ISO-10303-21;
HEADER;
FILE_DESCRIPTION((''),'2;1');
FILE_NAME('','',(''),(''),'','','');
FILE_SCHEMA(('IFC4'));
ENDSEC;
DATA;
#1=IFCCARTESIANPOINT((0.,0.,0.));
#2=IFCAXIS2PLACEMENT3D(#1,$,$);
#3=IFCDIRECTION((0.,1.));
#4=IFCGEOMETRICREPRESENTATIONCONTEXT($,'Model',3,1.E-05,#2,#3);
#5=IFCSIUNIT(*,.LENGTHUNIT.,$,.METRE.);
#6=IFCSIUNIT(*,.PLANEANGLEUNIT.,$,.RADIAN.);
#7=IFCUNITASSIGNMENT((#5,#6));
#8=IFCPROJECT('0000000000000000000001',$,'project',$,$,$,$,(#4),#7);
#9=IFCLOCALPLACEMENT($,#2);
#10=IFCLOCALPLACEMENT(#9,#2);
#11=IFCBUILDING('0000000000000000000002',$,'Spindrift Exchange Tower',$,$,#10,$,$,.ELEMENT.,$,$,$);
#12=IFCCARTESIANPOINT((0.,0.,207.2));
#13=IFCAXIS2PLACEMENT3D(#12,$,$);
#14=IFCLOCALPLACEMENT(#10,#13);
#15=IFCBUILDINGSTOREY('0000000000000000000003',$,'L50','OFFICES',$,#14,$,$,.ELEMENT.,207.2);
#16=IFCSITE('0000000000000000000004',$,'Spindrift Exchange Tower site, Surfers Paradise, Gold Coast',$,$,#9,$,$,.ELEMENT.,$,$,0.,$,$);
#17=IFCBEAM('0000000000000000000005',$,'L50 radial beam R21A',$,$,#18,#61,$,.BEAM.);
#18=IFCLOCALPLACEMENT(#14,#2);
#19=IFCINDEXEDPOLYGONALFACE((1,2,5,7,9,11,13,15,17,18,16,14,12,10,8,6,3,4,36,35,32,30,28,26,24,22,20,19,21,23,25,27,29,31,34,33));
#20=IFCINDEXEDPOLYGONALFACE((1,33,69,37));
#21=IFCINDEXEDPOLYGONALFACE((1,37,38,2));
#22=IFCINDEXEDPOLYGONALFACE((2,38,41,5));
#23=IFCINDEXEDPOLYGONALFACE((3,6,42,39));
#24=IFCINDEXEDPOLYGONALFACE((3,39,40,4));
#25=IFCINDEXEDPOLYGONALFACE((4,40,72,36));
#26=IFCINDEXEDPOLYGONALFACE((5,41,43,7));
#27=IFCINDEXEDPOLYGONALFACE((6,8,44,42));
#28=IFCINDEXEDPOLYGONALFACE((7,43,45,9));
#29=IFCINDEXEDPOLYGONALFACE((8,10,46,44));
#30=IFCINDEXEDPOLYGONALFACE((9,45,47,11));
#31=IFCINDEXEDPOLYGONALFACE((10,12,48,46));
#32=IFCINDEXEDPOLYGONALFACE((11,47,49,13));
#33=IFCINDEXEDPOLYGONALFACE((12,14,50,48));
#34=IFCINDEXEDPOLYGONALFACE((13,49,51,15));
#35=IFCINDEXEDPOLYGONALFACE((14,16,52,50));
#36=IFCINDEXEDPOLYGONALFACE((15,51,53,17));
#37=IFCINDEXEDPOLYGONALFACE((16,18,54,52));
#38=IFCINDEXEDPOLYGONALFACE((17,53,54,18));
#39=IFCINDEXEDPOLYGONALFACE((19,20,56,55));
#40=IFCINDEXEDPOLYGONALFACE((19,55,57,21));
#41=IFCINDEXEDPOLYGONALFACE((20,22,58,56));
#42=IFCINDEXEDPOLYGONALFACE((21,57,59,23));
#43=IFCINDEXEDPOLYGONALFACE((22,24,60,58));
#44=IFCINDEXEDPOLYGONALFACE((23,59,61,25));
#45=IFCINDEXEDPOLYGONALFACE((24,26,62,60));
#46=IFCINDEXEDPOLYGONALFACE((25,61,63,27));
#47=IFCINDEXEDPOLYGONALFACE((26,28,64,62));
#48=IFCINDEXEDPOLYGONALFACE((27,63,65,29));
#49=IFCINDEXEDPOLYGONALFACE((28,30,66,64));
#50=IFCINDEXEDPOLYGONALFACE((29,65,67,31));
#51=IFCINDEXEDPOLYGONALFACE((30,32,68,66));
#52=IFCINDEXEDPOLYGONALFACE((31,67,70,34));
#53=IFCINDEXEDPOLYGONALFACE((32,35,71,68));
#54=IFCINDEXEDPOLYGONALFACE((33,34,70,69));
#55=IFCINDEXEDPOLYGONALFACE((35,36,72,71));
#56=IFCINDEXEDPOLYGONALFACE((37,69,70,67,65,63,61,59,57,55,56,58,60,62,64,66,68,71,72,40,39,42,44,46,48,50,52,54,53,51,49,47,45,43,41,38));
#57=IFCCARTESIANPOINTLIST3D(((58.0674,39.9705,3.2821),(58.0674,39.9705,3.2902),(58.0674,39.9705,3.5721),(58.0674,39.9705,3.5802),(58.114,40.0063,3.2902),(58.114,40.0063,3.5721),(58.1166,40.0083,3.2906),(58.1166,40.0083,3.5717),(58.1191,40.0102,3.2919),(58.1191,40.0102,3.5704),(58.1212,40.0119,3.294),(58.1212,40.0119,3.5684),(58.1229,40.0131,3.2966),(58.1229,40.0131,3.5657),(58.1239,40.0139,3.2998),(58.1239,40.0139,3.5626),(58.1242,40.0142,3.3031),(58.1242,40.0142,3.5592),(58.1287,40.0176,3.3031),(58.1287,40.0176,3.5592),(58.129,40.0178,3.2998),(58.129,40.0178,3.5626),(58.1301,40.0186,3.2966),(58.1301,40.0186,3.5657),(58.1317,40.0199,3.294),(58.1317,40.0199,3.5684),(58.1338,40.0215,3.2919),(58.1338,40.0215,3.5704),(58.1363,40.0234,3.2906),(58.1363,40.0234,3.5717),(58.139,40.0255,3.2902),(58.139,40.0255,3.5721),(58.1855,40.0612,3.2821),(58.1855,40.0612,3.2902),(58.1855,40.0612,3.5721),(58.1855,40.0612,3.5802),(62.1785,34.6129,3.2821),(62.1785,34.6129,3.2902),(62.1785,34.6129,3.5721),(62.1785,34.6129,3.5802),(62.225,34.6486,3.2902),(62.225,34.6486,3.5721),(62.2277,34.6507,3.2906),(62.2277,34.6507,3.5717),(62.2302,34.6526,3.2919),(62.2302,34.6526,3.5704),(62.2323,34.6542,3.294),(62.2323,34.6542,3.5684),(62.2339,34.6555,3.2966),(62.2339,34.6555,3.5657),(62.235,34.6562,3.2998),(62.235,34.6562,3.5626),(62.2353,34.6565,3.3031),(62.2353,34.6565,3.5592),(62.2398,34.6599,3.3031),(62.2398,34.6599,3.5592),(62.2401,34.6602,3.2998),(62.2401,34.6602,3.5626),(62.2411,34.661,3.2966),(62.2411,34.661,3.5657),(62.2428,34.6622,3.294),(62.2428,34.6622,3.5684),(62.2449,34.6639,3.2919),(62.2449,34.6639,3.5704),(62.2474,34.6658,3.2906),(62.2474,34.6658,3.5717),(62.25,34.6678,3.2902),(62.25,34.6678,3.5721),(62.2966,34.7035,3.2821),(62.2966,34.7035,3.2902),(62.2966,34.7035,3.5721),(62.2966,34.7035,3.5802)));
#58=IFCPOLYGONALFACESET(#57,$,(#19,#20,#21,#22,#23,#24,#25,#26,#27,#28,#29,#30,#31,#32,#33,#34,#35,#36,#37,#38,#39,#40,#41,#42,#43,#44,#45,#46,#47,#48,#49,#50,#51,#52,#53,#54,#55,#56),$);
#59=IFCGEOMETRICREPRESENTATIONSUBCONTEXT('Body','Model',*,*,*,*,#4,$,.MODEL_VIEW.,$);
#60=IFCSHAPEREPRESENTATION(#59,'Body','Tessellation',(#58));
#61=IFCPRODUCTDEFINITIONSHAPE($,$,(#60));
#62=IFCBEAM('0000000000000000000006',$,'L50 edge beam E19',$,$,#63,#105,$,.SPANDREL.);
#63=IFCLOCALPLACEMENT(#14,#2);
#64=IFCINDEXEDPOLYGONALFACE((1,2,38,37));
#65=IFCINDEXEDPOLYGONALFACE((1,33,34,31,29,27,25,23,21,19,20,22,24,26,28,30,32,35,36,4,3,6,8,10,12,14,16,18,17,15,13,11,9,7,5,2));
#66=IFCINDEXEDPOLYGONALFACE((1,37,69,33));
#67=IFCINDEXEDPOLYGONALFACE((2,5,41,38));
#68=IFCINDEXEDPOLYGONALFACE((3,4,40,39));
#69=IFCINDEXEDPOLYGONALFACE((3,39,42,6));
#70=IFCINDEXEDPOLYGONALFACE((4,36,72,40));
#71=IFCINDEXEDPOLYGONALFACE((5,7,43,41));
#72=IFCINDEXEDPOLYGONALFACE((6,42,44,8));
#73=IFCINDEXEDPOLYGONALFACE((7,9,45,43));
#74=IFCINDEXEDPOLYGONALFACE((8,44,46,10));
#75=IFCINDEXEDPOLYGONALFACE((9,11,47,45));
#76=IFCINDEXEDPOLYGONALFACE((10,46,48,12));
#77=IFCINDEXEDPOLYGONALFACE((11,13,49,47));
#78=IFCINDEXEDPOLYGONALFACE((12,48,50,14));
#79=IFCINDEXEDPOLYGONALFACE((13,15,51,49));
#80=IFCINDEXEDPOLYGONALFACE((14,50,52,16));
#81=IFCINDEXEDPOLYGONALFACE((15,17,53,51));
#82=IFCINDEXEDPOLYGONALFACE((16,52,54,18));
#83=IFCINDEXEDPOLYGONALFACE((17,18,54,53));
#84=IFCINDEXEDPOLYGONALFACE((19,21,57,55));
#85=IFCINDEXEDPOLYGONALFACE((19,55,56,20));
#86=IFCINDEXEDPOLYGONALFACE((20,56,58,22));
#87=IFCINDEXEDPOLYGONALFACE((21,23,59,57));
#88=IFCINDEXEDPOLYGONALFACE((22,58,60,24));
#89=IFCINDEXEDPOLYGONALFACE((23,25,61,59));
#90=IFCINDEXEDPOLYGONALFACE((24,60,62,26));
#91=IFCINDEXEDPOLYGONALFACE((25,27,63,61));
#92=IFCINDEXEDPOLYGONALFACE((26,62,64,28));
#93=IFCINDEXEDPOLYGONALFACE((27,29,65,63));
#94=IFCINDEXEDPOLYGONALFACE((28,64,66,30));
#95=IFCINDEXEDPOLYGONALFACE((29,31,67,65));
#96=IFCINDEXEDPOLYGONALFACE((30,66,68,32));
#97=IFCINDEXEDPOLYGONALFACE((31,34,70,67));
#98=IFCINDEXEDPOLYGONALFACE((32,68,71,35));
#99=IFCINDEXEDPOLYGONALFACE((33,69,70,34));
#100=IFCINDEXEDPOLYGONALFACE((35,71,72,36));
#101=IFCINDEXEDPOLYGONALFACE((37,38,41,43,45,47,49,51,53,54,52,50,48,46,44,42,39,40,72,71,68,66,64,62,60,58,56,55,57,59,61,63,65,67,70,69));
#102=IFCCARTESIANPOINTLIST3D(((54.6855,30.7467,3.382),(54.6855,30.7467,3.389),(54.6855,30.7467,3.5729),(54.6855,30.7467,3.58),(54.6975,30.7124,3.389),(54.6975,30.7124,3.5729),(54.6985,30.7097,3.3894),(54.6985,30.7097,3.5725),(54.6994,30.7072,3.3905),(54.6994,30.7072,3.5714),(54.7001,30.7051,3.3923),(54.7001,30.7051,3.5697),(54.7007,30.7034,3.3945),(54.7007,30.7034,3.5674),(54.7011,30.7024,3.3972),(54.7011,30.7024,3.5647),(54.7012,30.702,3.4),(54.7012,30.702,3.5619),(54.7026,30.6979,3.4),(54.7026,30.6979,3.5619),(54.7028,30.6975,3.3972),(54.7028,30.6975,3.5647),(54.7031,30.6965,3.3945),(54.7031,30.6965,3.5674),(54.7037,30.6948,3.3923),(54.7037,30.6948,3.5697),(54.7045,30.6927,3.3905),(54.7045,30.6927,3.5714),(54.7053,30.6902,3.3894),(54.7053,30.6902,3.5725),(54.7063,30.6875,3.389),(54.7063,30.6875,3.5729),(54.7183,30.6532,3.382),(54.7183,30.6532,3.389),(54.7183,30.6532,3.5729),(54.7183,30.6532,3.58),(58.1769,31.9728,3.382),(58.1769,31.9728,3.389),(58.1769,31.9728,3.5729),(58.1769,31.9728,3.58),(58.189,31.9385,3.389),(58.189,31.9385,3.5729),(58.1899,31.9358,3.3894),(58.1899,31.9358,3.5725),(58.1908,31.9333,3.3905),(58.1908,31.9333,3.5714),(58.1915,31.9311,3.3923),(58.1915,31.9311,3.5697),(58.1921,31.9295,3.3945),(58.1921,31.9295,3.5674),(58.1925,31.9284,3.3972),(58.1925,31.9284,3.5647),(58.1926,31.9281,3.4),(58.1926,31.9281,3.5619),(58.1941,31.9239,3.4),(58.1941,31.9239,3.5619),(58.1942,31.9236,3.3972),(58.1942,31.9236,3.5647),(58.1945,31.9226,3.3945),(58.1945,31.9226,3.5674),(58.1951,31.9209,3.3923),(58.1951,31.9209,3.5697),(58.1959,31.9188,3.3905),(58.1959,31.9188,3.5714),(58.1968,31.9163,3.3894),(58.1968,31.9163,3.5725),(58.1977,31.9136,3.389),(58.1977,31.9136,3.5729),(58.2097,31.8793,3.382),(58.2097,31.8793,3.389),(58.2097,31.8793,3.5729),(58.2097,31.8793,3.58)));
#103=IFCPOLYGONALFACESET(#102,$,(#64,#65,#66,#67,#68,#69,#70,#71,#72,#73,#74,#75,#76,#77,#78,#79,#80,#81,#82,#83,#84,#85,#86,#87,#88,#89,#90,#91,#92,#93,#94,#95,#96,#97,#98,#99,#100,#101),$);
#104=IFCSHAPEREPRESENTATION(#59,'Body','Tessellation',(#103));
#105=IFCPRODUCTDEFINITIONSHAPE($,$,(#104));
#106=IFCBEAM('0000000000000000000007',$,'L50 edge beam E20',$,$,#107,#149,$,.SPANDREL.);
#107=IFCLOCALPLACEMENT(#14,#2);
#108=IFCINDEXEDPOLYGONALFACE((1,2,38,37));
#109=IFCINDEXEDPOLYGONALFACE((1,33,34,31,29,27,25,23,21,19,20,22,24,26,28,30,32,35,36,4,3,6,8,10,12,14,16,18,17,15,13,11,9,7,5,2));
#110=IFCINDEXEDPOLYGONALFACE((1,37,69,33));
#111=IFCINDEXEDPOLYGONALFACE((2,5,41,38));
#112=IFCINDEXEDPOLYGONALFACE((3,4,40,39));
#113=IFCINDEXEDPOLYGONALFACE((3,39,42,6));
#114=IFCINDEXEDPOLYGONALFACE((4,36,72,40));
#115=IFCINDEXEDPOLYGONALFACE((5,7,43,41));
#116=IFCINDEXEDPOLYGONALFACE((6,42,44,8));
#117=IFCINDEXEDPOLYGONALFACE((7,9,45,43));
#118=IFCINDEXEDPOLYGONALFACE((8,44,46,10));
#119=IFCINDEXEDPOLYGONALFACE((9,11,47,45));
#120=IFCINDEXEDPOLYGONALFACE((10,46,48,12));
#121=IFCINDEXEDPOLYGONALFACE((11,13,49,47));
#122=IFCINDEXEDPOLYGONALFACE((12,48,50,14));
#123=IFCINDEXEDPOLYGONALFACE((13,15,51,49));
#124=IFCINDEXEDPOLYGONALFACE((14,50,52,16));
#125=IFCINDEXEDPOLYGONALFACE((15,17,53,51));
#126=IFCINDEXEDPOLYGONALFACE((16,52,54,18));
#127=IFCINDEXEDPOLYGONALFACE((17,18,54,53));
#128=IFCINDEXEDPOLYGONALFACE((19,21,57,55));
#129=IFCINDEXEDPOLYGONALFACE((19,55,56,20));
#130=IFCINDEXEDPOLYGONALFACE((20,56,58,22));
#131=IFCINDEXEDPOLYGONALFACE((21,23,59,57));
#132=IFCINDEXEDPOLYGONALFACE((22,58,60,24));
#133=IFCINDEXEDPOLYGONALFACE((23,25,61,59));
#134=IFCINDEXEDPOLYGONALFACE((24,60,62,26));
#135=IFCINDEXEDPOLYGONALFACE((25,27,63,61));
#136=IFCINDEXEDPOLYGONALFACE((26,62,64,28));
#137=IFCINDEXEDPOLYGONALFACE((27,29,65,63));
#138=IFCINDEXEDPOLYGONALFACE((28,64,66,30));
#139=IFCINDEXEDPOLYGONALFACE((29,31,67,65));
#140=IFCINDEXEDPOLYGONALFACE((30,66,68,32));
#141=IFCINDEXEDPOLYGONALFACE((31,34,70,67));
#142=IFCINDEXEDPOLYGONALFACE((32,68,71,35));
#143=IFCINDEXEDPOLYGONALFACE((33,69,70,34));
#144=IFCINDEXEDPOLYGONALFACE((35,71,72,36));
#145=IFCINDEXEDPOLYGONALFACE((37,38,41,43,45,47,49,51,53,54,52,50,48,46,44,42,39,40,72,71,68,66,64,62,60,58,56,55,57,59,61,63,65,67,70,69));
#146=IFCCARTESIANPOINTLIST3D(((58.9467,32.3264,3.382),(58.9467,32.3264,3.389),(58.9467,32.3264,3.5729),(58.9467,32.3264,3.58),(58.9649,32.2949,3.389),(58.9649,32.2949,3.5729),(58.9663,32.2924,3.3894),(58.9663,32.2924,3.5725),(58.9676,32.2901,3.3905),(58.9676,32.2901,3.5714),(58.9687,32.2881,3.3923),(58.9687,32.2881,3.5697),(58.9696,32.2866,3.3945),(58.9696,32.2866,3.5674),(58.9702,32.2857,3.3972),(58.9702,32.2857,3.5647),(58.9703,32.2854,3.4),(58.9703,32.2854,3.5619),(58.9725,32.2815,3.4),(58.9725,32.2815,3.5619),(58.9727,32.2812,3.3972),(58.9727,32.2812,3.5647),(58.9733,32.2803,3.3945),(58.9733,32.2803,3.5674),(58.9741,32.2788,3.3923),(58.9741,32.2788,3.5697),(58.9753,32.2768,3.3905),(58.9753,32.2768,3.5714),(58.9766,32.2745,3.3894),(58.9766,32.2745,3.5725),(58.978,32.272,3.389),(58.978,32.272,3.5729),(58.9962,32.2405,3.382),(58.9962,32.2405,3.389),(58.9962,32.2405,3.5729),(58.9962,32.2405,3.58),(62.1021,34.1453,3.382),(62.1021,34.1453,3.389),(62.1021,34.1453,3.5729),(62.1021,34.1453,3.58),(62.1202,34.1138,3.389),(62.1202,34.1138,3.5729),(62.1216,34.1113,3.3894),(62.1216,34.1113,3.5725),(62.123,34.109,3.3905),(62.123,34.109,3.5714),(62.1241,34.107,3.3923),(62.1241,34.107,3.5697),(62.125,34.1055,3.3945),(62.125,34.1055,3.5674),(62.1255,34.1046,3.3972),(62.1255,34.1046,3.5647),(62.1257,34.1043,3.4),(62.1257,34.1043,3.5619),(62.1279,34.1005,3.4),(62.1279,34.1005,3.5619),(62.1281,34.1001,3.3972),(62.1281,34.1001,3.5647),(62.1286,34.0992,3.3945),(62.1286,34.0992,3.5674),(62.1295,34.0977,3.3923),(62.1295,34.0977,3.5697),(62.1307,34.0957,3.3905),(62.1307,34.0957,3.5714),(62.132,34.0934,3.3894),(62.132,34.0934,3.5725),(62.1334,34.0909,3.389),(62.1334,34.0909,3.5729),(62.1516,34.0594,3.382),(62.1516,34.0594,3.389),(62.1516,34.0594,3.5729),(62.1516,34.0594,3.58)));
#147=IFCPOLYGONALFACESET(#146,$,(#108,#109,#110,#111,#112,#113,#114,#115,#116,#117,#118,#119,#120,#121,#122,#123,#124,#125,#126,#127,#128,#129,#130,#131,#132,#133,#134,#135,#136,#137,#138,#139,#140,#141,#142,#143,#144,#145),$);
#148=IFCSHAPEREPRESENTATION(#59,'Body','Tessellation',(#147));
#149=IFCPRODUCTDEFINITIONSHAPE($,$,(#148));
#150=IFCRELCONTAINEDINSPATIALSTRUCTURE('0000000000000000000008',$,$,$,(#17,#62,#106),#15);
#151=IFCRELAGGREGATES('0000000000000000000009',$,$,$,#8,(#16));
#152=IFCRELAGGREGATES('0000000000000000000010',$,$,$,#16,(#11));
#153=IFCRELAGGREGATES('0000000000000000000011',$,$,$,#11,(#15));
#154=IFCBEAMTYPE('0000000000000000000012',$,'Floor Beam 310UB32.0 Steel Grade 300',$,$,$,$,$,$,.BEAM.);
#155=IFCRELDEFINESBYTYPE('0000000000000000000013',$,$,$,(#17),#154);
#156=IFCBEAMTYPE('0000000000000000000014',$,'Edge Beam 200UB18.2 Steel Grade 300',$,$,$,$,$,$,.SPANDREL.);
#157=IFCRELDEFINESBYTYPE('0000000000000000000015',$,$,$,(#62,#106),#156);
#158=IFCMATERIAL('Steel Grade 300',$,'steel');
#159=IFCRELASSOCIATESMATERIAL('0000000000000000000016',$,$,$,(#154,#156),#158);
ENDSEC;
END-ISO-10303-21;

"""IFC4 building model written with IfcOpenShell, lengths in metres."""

from ifc_helpers import new_model, si_unit, direction, frame, origin, origin_2d, place, context, subcontext, project, spatial, i_section, extrude, source, transform, mapped, material, material_profile, profile_set, type_object, element, save


model = new_model("IFC4")

# Units and contexts
model_context = context("Model", 3, precision=1e-05, world=origin(), true_north=direction((0.0, 1.0)))
body_context = subcontext(model_context, "Body", "Model", "MODEL_VIEW")
ifc_project = project(units=[si_unit("LENGTHUNIT", "METRE"), si_unit("PLANEANGLEUNIT", "RADIAN")], contexts=[model_context])

# Site, building, storey
site_placement = place(None, origin())
site = spatial("IfcSite", under=ifc_project, at=site_placement, Name="Spindrift Exchange Tower site, Surfers Paradise, Gold Coast", CompositionType="ELEMENT", RefElevation=0.0)
building_placement = place(site_placement, origin())
building = spatial("IfcBuilding", under=site, at=building_placement, Name="Spindrift Exchange Tower", CompositionType="ELEMENT")
storey_placement = place(building_placement, frame((0.0, 0.0, 207.2)))
storey = spatial("IfcBuildingStorey", under=building, at=storey_placement, Name="L50", Description="OFFICES", CompositionType="ELEMENT", Elevation=207.2)

# Beams
ifc_material_1 = material(Name="Steel Grade 300", Category="steel")
ifc_material_profile_1 = material_profile(ifc_material_1, i_section(OverallWidth=0.1489, OverallDepth=0.2981, WebThickness=0.0056, FlangeThickness=0.0081, FilletRadius=0.0129, at=origin_2d()), Name="310UB32.0")
ifc_profile_set_1 = profile_set([ifc_material_profile_1], Name="Steel Grade 300")
beam_type_1 = type_object("IfcBeamType", Name="Floor Beam 310UB32.0 Steel Grade 300", PredefinedType="BEAM", material=ifc_profile_set_1)
shared_shape_1 = source(origin(), body_context, "Body", "SweptSolid", [
    extrude(i_section(OverallWidth=0.1489, OverallDepth=0.2981, WebThickness=0.0056, FlangeThickness=0.0081, FilletRadius=0.0129, at=origin_2d()), origin(), (0.0, 0.0, 1.0), 6.7532),
])
beam_1_placement = place(storey_placement, frame((58.1265, 40.0159, 3.4312), z_axis=(0.608762, -0.793353, 0.0), x_axis=(0.793353, 0.608762, 0.0)))
element("IfcBeam", 1, at=beam_1_placement, inside=storey, type_object=beam_type_1, Name="L50 radial beam R21A", PredefinedType="BEAM", context=body_context, shape_type="MappedRepresentation", body=[
    mapped(shared_shape_1, transform((0.0, 0.0, 0.0), scale=1.0)),
])
ifc_material_profile_2 = material_profile(ifc_material_1, i_section(OverallWidth=0.0991, OverallDepth=0.198, WebThickness=0.0044, FlangeThickness=0.0071, FilletRadius=0.011, at=origin_2d()), Name="200UB18.2")
ifc_profile_set_2 = profile_set([ifc_material_profile_2], Name="Steel Grade 300")
beam_type_2 = type_object("IfcBeamType", Name="Edge Beam 200UB18.2 Steel Grade 300", PredefinedType="SPANDREL", material=ifc_profile_set_2)
shared_shape_2 = source(origin(), body_context, "Body", "SweptSolid", [
    extrude(i_section(OverallWidth=0.0991, OverallDepth=0.198, WebThickness=0.0044, FlangeThickness=0.0071, FilletRadius=0.011, at=origin_2d()), origin(), (0.0, 0.0, 1.0), 3.7004),
])
beam_2_placement = place(storey_placement, frame((54.7019, 30.7, 3.481), z_axis=(0.943515, 0.331329, 0.0), x_axis=(-0.331329, 0.943515, 0.0)))
element("IfcBeam", 2, at=beam_2_placement, inside=storey, type_object=beam_type_2, Name="L50 edge beam E19", PredefinedType="SPANDREL", context=body_context, shape_type="MappedRepresentation", body=[
    mapped(shared_shape_2, transform((0.0, 0.0, 0.0), scale=1.0)),
])
shared_shape_3 = source(origin(), body_context, "Body", "SweptSolid", [
    extrude(i_section(OverallWidth=0.0991, OverallDepth=0.198, WebThickness=0.0044, FlangeThickness=0.0071, FilletRadius=0.011, at=origin_2d()), origin(), (0.0, 0.0, 1.0), 3.6421),
])
beam_3_placement = place(storey_placement, frame((58.9714, 32.2834, 3.481), z_axis=(0.866364, 0.499413, 0.0), x_axis=(-0.499413, 0.866364, 0.0)))
element("IfcBeam", 3, at=beam_3_placement, inside=storey, type_object=beam_type_2, Name="L50 edge beam E20", PredefinedType="SPANDREL", context=body_context, shape_type="MappedRepresentation", body=[
    mapped(shared_shape_3, transform((0.0, 0.0, 0.0), scale=1.0)),
])

save(model, "model.ifc")
